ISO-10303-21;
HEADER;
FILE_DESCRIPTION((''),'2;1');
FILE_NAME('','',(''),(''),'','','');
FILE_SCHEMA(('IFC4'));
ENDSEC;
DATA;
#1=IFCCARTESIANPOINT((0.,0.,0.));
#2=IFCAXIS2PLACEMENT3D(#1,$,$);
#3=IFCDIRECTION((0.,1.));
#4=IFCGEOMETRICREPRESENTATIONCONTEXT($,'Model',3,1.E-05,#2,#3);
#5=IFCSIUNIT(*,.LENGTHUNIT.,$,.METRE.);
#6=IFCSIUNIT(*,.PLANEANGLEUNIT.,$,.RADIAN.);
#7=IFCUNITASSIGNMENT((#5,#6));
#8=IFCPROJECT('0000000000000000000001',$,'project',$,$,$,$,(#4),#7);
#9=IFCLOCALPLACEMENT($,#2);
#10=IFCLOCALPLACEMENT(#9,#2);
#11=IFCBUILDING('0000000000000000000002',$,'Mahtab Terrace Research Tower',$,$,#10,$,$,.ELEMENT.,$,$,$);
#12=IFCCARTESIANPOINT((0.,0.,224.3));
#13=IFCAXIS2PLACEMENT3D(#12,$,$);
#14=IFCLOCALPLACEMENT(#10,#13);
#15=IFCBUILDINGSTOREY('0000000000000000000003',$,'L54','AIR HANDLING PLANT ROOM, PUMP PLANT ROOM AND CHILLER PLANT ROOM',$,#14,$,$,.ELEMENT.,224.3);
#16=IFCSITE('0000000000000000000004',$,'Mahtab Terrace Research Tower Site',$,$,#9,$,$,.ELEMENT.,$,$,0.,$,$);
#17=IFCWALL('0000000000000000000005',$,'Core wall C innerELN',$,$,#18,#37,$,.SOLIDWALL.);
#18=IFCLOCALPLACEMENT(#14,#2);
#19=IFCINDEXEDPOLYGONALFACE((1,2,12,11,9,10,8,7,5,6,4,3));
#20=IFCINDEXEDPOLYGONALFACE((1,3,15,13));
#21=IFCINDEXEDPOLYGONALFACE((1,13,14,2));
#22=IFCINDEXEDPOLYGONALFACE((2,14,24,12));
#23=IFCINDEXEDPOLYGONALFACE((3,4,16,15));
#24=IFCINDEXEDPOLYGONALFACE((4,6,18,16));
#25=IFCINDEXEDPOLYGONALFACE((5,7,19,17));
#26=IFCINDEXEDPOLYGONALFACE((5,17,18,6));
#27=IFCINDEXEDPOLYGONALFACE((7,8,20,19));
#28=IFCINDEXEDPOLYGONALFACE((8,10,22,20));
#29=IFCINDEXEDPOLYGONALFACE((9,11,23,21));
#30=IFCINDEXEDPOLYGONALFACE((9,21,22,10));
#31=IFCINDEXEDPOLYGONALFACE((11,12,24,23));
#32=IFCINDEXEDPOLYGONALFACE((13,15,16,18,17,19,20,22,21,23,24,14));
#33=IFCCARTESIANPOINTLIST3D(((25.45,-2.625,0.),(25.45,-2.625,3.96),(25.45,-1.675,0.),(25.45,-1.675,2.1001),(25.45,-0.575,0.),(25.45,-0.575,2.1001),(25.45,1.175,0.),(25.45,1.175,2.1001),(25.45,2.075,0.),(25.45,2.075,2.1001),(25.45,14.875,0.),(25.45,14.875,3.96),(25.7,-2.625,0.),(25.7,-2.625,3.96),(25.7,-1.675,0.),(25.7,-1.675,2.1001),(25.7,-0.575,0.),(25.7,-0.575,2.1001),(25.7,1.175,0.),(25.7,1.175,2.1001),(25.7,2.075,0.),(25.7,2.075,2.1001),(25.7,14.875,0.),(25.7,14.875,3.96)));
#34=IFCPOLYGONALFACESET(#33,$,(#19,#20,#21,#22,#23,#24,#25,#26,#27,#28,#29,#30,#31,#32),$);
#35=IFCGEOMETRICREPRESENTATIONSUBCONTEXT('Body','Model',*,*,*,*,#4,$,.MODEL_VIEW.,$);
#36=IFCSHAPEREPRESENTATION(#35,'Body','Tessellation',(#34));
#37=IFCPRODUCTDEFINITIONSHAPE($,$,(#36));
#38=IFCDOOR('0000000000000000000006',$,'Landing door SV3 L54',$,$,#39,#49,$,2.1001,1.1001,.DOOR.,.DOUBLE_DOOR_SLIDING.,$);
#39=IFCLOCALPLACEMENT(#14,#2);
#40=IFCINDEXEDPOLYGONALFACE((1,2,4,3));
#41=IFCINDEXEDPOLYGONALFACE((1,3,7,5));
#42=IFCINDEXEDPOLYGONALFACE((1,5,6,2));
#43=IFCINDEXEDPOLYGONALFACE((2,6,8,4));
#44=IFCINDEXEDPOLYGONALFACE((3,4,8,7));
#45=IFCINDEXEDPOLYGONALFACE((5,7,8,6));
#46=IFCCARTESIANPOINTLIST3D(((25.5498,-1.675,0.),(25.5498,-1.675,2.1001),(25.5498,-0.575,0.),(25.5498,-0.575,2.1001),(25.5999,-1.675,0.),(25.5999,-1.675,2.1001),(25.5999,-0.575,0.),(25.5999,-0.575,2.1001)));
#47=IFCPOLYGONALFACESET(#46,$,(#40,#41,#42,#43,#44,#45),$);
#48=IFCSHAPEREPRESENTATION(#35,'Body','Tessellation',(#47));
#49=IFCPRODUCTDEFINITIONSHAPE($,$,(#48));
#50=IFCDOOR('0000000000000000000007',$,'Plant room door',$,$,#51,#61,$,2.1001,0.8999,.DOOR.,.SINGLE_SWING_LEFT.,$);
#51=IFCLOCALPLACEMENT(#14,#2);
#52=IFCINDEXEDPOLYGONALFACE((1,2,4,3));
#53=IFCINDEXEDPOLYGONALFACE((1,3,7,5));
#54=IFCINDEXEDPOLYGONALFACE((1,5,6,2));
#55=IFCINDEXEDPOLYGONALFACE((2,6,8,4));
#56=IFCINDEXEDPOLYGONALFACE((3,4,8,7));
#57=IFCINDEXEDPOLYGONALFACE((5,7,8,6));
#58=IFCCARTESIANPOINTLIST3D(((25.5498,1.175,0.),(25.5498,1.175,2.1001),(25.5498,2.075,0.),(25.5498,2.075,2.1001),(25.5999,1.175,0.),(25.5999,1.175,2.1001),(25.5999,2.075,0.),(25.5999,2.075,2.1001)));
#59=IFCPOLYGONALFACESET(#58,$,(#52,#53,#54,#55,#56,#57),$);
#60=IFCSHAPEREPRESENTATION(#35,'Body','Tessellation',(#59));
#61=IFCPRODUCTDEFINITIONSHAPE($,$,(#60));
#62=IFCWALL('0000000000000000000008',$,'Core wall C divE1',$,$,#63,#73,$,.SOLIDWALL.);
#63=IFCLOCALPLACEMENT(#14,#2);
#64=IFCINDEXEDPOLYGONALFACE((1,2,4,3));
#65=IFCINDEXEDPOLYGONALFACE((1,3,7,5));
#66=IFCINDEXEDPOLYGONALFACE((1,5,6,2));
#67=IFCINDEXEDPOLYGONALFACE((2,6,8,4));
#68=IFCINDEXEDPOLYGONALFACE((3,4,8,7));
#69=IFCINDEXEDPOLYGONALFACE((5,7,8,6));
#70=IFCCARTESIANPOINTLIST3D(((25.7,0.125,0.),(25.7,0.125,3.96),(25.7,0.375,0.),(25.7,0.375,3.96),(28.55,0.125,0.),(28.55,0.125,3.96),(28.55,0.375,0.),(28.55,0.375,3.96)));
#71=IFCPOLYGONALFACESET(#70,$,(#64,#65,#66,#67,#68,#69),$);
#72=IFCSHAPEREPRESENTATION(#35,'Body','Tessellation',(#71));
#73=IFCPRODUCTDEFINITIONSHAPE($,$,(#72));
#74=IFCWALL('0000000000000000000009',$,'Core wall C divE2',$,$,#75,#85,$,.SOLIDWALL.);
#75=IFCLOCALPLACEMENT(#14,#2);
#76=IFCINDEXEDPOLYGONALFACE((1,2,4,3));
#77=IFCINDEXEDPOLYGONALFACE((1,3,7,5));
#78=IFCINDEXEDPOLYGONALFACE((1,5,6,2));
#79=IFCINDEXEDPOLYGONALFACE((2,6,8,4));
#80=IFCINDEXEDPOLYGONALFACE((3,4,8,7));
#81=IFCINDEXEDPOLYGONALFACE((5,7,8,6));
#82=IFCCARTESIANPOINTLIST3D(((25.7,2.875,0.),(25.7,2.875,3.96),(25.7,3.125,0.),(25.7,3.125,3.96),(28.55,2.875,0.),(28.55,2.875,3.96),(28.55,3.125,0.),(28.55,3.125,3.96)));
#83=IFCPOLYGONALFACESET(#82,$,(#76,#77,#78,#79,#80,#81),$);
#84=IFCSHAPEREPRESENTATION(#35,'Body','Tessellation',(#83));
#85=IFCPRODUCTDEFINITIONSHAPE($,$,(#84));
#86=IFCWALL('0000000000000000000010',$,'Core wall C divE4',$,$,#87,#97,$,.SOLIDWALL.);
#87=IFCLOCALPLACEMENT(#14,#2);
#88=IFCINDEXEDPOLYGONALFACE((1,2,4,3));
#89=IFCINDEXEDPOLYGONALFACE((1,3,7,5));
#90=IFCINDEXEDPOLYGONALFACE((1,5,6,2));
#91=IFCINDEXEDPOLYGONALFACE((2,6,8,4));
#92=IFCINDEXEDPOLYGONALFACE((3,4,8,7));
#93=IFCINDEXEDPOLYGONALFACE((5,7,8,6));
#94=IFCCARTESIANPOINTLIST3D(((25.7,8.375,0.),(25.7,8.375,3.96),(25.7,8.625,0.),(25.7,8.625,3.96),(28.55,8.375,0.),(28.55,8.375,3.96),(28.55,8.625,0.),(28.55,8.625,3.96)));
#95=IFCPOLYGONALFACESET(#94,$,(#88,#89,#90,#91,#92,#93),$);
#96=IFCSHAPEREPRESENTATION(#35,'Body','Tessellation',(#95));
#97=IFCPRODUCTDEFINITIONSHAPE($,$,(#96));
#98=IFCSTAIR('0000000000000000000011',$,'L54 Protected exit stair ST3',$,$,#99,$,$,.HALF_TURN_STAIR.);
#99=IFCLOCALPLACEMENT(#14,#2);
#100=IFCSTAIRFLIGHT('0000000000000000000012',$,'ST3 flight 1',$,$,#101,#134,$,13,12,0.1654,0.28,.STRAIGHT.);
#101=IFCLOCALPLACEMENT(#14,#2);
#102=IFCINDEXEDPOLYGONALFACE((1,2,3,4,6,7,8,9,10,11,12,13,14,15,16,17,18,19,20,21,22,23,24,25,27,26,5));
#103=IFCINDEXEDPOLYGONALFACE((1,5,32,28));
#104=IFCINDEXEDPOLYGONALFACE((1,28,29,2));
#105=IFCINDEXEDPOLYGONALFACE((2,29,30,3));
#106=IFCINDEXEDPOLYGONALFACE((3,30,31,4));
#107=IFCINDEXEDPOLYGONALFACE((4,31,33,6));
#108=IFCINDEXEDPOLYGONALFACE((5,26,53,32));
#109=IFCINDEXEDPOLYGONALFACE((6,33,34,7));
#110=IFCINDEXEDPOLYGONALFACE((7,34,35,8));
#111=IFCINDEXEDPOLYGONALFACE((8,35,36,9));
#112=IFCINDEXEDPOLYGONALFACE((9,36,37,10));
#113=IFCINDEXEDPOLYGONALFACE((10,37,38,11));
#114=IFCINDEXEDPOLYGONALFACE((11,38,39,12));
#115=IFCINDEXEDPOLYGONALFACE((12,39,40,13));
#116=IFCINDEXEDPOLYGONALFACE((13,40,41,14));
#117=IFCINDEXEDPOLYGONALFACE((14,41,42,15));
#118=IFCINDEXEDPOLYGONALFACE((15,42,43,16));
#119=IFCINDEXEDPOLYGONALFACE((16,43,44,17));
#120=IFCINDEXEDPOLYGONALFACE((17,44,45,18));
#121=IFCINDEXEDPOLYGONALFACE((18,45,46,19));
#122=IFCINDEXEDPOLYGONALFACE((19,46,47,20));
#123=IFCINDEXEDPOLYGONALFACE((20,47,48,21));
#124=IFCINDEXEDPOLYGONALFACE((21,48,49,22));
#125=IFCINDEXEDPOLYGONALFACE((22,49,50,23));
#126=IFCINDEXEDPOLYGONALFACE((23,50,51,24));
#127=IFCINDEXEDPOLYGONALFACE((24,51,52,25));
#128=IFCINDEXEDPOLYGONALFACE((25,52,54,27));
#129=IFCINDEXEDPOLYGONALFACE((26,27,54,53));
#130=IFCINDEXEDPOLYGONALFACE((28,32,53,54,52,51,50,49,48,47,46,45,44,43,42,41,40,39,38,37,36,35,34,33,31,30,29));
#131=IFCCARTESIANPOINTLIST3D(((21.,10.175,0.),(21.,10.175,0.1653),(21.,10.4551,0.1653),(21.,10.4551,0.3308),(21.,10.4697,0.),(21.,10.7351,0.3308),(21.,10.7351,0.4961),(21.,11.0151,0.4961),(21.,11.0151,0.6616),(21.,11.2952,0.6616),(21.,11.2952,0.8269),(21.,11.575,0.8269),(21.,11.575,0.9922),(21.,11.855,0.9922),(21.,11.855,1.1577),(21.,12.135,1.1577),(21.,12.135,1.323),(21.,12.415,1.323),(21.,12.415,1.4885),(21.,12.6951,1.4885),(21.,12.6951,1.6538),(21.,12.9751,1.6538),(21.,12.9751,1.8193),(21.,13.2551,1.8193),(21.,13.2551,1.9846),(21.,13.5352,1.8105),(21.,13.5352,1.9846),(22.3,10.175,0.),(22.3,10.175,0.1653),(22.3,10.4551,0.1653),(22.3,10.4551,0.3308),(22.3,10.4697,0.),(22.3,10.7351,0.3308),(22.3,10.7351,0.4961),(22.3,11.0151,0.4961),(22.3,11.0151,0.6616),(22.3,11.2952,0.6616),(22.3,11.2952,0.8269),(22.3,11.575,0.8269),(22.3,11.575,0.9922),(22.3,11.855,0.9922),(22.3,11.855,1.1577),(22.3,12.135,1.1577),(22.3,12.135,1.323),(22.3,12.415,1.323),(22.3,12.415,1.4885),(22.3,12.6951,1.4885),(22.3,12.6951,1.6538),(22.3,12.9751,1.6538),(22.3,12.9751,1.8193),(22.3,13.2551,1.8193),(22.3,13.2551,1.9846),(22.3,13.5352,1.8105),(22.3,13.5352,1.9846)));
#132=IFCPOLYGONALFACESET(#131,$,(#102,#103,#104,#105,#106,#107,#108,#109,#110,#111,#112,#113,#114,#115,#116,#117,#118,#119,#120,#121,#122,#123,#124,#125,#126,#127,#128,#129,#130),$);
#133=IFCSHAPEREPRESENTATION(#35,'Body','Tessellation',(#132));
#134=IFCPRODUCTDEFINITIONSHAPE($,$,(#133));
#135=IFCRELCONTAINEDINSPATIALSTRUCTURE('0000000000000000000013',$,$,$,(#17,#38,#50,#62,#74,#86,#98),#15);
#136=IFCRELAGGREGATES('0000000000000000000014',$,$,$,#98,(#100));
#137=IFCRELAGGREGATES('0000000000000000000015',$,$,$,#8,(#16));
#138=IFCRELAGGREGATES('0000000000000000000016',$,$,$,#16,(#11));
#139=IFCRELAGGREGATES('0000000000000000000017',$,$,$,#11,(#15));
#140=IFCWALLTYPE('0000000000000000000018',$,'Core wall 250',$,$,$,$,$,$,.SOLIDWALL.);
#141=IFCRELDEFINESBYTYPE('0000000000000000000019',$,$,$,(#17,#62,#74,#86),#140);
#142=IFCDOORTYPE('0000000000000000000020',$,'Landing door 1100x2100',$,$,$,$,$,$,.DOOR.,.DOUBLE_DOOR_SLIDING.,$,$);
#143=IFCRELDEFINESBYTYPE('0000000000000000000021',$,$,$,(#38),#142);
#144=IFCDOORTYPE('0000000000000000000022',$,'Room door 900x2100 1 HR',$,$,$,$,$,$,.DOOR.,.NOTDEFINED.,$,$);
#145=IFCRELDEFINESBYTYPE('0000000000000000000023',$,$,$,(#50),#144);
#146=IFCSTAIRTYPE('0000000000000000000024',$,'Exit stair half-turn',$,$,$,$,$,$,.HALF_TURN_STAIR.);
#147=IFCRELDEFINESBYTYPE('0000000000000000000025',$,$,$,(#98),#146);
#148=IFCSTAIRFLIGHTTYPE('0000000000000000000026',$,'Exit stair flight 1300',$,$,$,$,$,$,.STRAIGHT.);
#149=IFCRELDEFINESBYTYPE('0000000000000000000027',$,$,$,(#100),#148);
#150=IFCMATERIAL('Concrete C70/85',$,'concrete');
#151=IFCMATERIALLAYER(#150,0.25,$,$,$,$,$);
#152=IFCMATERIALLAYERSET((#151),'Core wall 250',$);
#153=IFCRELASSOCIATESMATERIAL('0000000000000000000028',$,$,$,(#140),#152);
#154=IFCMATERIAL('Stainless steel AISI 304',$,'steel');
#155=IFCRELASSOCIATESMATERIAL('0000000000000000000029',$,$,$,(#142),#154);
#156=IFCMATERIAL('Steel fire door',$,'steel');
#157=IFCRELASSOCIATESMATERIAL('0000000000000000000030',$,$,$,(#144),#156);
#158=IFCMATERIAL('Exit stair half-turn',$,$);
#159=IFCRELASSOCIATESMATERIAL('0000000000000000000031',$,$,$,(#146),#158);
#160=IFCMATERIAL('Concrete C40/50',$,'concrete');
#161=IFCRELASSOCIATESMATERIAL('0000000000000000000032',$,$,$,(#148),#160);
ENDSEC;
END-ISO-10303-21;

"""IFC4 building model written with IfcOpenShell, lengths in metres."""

from ifc_helpers import new_model, si_unit, direction, frame, frame_2d, origin, place, context, subcontext, project, spatial, polyline, rectangle, outline, extrude, material, layer, layer_set, type_object, element, fill, aggregate, save


model = new_model("IFC4")

# Units and contexts
model_context = context("Model", 3, precision=1e-05, world=origin(), true_north=direction((0.0, 1.0)))
body_context = subcontext(model_context, "Body", "Model", "MODEL_VIEW")
ifc_project = project(units=[si_unit("LENGTHUNIT", "METRE"), si_unit("PLANEANGLEUNIT", "RADIAN")], contexts=[model_context])

# Site, building, storey
site_placement = place(None, origin())
site = spatial("IfcSite", under=ifc_project, at=site_placement, Name="Mahtab Terrace Research Tower Site", CompositionType="ELEMENT", RefElevation=0.0)
building_placement = place(site_placement, origin())
building = spatial("IfcBuilding", under=site, at=building_placement, Name="Mahtab Terrace Research Tower", CompositionType="ELEMENT")
storey_placement = place(building_placement, frame((0.0, 0.0, 224.3)))
storey = spatial("IfcBuildingStorey", under=building, at=storey_placement, Name="L54", Description="AIR HANDLING PLANT ROOM, PUMP PLANT ROOM AND CHILLER PLANT ROOM", CompositionType="ELEMENT", Elevation=224.3)

# Shared definitions
ifc_material_1 = material(Name="Concrete C70/85", Category="concrete")

# Shared definitions
ifc_layer_1 = layer(ifc_material_1, 0.25)
ifc_layer_set_1 = layer_set([ifc_layer_1], Name="Core wall 250")
wall_type_1 = type_object("IfcWallType", Name="Core wall 250", PredefinedType="SOLIDWALL", material=ifc_layer_set_1)
ifc_material_2 = material(Name="Steel fire door", Category="steel")

# Wall, openings, doors
wall_1_placement = place(storey_placement, frame((25.575, 14.875, 0.0), z_axis=(0.0, 0.0, 1.0), x_axis=(0.0, -1.0, 0.0)))
wall_1 = element("IfcWall", 1, at=wall_1_placement, inside=storey, type_object=wall_type_1, Name="Core wall C innerELN", PredefinedType="SOLIDWALL", context=body_context, shape_type="SweptSolid", body=[
    extrude(rectangle(XDim=17.5, YDim=0.25, at=frame_2d((8.75, 0.0))), origin(), (0.0, 0.0, 1.0), 3.96),
])
opening_1_placement = place(wall_1_placement, frame((15.45, 0.0, 0.0)))
opening_1 = element("IfcOpeningElement", 2, at=opening_1_placement, cuts=wall_1, PredefinedType="OPENING", context=body_context, shape_type="SweptSolid", body=[
    extrude(rectangle(XDim=1.1001, YDim=2.1001, at=frame_2d((0.55, 1.05))), frame((0.0, 0.135, 0.0), z_axis=(0.0, -1.0, 0.0), x_axis=(1.0, 0.0, 0.0)), (0.0, 0.0, 1.0), 0.27),
])
opening_2_placement = place(wall_1_placement, frame((12.8, 0.0, 0.0)))
opening_2 = element("IfcOpeningElement", 3, at=opening_2_placement, cuts=wall_1, PredefinedType="OPENING", context=body_context, shape_type="SweptSolid", body=[
    extrude(rectangle(XDim=0.8999, YDim=2.1001, at=frame_2d((0.45, 1.05))), frame((0.0, 0.135, 0.0), z_axis=(0.0, -1.0, 0.0), x_axis=(1.0, 0.0, 0.0)), (0.0, 0.0, 1.0), 0.27),
])
ifc_material_3 = material(Name="Stainless steel AISI 304", Category="steel")
door_type_1 = type_object("IfcDoorType", Name="Landing door 1100x2100", OperationType="DOUBLE_DOOR_SLIDING", PredefinedType="DOOR", material=ifc_material_3)
door_1_placement = place(opening_1_placement, origin())
door_1 = element("IfcDoor", 4, at=door_1_placement, inside=storey, type_object=door_type_1, Name="Landing door SV3 L54", OperationType="DOUBLE_DOOR_SLIDING", OverallHeight=2.1001, OverallWidth=1.1001, PredefinedType="DOOR", context=body_context, shape_type="SweptSolid", body=[
    extrude(rectangle(XDim=1.1001, YDim=2.1001, at=frame_2d((0.55, 1.05))), frame((0.0, 0.0249, 0.0), z_axis=(0.0, -1.0, 0.0), x_axis=(1.0, 0.0, 0.0)), (0.0, 0.0, 1.0), 0.05),
])
fill(opening_1, door_1)
door_type_2 = type_object("IfcDoorType", Name="Room door 900x2100 1 HR", OperationType="NOTDEFINED", PredefinedType="DOOR", material=ifc_material_2)
door_2_placement = place(opening_2_placement, origin())
door_2 = element("IfcDoor", 5, at=door_2_placement, inside=storey, type_object=door_type_2, Name="Plant room door", OperationType="SINGLE_SWING_LEFT", OverallHeight=2.1001, OverallWidth=0.8999, PredefinedType="DOOR", context=body_context, shape_type="SweptSolid", body=[
    extrude(rectangle(XDim=0.8999, YDim=2.1001, at=frame_2d((0.45, 1.05))), frame((0.0, 0.0249, 0.0), z_axis=(0.0, -1.0, 0.0), x_axis=(1.0, 0.0, 0.0)), (0.0, 0.0, 1.0), 0.05),
])
fill(opening_2, door_2)

# Walls
for number, where, z_axis, x_axis, name in (
    (6, (25.7, 0.25, 0.0), (0.0, 0.0, 1.0), (1.0, 0.0, 0.0), "Core wall C divE1"),
    (7, (25.7, 3.0, 0.0), (0.0, 0.0, 1.0), (1.0, 0.0, 0.0), "Core wall C divE2"),
    (8, (25.7, 8.5, 0.0), (0.0, 0.0, 1.0), (1.0, 0.0, 0.0), "Core wall C divE4"),
):
    element("IfcWall", number, at=place(storey_placement, frame(where, z_axis=z_axis, x_axis=x_axis)), inside=storey, type_object=wall_type_1, Name=name, PredefinedType="SOLIDWALL", context=body_context, shape_type="SweptSolid", body=[
        extrude(rectangle(XDim=2.8501, YDim=0.25, at=frame_2d((1.425, 0.0))), origin(), (0.0, 0.0, 1.0), 3.96),
    ])

# Stair, stair flight
ifc_material_4 = material(Name="Exit stair half-turn")
stair_type = type_object("IfcStairType", Name="Exit stair half-turn", PredefinedType="HALF_TURN_STAIR", material=ifc_material_4)
stair_placement = place(storey_placement, origin())
stair = element("IfcStair", 9, at=stair_placement, inside=storey, type_object=stair_type, Name="L54 Protected exit stair ST3", PredefinedType="HALF_TURN_STAIR")
ifc_material_5 = material(Name="Concrete C40/50", Category="concrete")
stair_flight_type = type_object("IfcStairFlightType", Name="Exit stair flight 1300", PredefinedType="STRAIGHT", material=ifc_material_5)
stair_flight_placement = place(storey_placement, frame((21.6499, 10.175, 0.0), z_axis=(0.0, 0.0, 1.0), x_axis=(0.0, 1.0, 0.0)))
stair_flight = element("IfcStairFlight", 10, at=stair_flight_placement, type_object=stair_flight_type, Name="ST3 flight 1", NumberOfRisers=13, NumberOfTreads=12, PredefinedType="STRAIGHT", RiserHeight=0.1654, TreadLength=0.28, context=body_context, shape_type="SweptSolid", body=[
    extrude(outline(polyline([(0.0, 0.0), (0.0, 0.1653), (0.28, 0.1653), (0.28, 0.3308), (0.5601, 0.3308), (0.5601, 0.4961), (0.8401, 0.4961), (0.8401, 0.6616), (1.1201, 0.6616), (1.1201, 0.8269), (1.3999, 0.8269), (1.3999, 0.9922), (1.6799, 0.9922), (1.6799, 1.1577), (1.96, 1.1577), (1.96, 1.323), (2.24, 1.323), (2.24, 1.4885), (2.52, 1.4885), (2.52, 1.6538), (2.8, 1.6538), (2.8, 1.8193), (3.0801, 1.8193), (3.0801, 1.9846), (3.3601, 1.9846), (3.3601, 2.1499), (3.3601, 1.8105), (0.2947, 0.0), (0.0, 0.0)])), frame((0.0, 0.6499, 0.0), z_axis=(0.0, -1.0, 0.0), x_axis=(1.0, 0.0, 0.0)), (0.0, 0.0, 1.0), 1.3),
])
aggregate(stair, [stair_flight])

save(model, "model.ifc")
